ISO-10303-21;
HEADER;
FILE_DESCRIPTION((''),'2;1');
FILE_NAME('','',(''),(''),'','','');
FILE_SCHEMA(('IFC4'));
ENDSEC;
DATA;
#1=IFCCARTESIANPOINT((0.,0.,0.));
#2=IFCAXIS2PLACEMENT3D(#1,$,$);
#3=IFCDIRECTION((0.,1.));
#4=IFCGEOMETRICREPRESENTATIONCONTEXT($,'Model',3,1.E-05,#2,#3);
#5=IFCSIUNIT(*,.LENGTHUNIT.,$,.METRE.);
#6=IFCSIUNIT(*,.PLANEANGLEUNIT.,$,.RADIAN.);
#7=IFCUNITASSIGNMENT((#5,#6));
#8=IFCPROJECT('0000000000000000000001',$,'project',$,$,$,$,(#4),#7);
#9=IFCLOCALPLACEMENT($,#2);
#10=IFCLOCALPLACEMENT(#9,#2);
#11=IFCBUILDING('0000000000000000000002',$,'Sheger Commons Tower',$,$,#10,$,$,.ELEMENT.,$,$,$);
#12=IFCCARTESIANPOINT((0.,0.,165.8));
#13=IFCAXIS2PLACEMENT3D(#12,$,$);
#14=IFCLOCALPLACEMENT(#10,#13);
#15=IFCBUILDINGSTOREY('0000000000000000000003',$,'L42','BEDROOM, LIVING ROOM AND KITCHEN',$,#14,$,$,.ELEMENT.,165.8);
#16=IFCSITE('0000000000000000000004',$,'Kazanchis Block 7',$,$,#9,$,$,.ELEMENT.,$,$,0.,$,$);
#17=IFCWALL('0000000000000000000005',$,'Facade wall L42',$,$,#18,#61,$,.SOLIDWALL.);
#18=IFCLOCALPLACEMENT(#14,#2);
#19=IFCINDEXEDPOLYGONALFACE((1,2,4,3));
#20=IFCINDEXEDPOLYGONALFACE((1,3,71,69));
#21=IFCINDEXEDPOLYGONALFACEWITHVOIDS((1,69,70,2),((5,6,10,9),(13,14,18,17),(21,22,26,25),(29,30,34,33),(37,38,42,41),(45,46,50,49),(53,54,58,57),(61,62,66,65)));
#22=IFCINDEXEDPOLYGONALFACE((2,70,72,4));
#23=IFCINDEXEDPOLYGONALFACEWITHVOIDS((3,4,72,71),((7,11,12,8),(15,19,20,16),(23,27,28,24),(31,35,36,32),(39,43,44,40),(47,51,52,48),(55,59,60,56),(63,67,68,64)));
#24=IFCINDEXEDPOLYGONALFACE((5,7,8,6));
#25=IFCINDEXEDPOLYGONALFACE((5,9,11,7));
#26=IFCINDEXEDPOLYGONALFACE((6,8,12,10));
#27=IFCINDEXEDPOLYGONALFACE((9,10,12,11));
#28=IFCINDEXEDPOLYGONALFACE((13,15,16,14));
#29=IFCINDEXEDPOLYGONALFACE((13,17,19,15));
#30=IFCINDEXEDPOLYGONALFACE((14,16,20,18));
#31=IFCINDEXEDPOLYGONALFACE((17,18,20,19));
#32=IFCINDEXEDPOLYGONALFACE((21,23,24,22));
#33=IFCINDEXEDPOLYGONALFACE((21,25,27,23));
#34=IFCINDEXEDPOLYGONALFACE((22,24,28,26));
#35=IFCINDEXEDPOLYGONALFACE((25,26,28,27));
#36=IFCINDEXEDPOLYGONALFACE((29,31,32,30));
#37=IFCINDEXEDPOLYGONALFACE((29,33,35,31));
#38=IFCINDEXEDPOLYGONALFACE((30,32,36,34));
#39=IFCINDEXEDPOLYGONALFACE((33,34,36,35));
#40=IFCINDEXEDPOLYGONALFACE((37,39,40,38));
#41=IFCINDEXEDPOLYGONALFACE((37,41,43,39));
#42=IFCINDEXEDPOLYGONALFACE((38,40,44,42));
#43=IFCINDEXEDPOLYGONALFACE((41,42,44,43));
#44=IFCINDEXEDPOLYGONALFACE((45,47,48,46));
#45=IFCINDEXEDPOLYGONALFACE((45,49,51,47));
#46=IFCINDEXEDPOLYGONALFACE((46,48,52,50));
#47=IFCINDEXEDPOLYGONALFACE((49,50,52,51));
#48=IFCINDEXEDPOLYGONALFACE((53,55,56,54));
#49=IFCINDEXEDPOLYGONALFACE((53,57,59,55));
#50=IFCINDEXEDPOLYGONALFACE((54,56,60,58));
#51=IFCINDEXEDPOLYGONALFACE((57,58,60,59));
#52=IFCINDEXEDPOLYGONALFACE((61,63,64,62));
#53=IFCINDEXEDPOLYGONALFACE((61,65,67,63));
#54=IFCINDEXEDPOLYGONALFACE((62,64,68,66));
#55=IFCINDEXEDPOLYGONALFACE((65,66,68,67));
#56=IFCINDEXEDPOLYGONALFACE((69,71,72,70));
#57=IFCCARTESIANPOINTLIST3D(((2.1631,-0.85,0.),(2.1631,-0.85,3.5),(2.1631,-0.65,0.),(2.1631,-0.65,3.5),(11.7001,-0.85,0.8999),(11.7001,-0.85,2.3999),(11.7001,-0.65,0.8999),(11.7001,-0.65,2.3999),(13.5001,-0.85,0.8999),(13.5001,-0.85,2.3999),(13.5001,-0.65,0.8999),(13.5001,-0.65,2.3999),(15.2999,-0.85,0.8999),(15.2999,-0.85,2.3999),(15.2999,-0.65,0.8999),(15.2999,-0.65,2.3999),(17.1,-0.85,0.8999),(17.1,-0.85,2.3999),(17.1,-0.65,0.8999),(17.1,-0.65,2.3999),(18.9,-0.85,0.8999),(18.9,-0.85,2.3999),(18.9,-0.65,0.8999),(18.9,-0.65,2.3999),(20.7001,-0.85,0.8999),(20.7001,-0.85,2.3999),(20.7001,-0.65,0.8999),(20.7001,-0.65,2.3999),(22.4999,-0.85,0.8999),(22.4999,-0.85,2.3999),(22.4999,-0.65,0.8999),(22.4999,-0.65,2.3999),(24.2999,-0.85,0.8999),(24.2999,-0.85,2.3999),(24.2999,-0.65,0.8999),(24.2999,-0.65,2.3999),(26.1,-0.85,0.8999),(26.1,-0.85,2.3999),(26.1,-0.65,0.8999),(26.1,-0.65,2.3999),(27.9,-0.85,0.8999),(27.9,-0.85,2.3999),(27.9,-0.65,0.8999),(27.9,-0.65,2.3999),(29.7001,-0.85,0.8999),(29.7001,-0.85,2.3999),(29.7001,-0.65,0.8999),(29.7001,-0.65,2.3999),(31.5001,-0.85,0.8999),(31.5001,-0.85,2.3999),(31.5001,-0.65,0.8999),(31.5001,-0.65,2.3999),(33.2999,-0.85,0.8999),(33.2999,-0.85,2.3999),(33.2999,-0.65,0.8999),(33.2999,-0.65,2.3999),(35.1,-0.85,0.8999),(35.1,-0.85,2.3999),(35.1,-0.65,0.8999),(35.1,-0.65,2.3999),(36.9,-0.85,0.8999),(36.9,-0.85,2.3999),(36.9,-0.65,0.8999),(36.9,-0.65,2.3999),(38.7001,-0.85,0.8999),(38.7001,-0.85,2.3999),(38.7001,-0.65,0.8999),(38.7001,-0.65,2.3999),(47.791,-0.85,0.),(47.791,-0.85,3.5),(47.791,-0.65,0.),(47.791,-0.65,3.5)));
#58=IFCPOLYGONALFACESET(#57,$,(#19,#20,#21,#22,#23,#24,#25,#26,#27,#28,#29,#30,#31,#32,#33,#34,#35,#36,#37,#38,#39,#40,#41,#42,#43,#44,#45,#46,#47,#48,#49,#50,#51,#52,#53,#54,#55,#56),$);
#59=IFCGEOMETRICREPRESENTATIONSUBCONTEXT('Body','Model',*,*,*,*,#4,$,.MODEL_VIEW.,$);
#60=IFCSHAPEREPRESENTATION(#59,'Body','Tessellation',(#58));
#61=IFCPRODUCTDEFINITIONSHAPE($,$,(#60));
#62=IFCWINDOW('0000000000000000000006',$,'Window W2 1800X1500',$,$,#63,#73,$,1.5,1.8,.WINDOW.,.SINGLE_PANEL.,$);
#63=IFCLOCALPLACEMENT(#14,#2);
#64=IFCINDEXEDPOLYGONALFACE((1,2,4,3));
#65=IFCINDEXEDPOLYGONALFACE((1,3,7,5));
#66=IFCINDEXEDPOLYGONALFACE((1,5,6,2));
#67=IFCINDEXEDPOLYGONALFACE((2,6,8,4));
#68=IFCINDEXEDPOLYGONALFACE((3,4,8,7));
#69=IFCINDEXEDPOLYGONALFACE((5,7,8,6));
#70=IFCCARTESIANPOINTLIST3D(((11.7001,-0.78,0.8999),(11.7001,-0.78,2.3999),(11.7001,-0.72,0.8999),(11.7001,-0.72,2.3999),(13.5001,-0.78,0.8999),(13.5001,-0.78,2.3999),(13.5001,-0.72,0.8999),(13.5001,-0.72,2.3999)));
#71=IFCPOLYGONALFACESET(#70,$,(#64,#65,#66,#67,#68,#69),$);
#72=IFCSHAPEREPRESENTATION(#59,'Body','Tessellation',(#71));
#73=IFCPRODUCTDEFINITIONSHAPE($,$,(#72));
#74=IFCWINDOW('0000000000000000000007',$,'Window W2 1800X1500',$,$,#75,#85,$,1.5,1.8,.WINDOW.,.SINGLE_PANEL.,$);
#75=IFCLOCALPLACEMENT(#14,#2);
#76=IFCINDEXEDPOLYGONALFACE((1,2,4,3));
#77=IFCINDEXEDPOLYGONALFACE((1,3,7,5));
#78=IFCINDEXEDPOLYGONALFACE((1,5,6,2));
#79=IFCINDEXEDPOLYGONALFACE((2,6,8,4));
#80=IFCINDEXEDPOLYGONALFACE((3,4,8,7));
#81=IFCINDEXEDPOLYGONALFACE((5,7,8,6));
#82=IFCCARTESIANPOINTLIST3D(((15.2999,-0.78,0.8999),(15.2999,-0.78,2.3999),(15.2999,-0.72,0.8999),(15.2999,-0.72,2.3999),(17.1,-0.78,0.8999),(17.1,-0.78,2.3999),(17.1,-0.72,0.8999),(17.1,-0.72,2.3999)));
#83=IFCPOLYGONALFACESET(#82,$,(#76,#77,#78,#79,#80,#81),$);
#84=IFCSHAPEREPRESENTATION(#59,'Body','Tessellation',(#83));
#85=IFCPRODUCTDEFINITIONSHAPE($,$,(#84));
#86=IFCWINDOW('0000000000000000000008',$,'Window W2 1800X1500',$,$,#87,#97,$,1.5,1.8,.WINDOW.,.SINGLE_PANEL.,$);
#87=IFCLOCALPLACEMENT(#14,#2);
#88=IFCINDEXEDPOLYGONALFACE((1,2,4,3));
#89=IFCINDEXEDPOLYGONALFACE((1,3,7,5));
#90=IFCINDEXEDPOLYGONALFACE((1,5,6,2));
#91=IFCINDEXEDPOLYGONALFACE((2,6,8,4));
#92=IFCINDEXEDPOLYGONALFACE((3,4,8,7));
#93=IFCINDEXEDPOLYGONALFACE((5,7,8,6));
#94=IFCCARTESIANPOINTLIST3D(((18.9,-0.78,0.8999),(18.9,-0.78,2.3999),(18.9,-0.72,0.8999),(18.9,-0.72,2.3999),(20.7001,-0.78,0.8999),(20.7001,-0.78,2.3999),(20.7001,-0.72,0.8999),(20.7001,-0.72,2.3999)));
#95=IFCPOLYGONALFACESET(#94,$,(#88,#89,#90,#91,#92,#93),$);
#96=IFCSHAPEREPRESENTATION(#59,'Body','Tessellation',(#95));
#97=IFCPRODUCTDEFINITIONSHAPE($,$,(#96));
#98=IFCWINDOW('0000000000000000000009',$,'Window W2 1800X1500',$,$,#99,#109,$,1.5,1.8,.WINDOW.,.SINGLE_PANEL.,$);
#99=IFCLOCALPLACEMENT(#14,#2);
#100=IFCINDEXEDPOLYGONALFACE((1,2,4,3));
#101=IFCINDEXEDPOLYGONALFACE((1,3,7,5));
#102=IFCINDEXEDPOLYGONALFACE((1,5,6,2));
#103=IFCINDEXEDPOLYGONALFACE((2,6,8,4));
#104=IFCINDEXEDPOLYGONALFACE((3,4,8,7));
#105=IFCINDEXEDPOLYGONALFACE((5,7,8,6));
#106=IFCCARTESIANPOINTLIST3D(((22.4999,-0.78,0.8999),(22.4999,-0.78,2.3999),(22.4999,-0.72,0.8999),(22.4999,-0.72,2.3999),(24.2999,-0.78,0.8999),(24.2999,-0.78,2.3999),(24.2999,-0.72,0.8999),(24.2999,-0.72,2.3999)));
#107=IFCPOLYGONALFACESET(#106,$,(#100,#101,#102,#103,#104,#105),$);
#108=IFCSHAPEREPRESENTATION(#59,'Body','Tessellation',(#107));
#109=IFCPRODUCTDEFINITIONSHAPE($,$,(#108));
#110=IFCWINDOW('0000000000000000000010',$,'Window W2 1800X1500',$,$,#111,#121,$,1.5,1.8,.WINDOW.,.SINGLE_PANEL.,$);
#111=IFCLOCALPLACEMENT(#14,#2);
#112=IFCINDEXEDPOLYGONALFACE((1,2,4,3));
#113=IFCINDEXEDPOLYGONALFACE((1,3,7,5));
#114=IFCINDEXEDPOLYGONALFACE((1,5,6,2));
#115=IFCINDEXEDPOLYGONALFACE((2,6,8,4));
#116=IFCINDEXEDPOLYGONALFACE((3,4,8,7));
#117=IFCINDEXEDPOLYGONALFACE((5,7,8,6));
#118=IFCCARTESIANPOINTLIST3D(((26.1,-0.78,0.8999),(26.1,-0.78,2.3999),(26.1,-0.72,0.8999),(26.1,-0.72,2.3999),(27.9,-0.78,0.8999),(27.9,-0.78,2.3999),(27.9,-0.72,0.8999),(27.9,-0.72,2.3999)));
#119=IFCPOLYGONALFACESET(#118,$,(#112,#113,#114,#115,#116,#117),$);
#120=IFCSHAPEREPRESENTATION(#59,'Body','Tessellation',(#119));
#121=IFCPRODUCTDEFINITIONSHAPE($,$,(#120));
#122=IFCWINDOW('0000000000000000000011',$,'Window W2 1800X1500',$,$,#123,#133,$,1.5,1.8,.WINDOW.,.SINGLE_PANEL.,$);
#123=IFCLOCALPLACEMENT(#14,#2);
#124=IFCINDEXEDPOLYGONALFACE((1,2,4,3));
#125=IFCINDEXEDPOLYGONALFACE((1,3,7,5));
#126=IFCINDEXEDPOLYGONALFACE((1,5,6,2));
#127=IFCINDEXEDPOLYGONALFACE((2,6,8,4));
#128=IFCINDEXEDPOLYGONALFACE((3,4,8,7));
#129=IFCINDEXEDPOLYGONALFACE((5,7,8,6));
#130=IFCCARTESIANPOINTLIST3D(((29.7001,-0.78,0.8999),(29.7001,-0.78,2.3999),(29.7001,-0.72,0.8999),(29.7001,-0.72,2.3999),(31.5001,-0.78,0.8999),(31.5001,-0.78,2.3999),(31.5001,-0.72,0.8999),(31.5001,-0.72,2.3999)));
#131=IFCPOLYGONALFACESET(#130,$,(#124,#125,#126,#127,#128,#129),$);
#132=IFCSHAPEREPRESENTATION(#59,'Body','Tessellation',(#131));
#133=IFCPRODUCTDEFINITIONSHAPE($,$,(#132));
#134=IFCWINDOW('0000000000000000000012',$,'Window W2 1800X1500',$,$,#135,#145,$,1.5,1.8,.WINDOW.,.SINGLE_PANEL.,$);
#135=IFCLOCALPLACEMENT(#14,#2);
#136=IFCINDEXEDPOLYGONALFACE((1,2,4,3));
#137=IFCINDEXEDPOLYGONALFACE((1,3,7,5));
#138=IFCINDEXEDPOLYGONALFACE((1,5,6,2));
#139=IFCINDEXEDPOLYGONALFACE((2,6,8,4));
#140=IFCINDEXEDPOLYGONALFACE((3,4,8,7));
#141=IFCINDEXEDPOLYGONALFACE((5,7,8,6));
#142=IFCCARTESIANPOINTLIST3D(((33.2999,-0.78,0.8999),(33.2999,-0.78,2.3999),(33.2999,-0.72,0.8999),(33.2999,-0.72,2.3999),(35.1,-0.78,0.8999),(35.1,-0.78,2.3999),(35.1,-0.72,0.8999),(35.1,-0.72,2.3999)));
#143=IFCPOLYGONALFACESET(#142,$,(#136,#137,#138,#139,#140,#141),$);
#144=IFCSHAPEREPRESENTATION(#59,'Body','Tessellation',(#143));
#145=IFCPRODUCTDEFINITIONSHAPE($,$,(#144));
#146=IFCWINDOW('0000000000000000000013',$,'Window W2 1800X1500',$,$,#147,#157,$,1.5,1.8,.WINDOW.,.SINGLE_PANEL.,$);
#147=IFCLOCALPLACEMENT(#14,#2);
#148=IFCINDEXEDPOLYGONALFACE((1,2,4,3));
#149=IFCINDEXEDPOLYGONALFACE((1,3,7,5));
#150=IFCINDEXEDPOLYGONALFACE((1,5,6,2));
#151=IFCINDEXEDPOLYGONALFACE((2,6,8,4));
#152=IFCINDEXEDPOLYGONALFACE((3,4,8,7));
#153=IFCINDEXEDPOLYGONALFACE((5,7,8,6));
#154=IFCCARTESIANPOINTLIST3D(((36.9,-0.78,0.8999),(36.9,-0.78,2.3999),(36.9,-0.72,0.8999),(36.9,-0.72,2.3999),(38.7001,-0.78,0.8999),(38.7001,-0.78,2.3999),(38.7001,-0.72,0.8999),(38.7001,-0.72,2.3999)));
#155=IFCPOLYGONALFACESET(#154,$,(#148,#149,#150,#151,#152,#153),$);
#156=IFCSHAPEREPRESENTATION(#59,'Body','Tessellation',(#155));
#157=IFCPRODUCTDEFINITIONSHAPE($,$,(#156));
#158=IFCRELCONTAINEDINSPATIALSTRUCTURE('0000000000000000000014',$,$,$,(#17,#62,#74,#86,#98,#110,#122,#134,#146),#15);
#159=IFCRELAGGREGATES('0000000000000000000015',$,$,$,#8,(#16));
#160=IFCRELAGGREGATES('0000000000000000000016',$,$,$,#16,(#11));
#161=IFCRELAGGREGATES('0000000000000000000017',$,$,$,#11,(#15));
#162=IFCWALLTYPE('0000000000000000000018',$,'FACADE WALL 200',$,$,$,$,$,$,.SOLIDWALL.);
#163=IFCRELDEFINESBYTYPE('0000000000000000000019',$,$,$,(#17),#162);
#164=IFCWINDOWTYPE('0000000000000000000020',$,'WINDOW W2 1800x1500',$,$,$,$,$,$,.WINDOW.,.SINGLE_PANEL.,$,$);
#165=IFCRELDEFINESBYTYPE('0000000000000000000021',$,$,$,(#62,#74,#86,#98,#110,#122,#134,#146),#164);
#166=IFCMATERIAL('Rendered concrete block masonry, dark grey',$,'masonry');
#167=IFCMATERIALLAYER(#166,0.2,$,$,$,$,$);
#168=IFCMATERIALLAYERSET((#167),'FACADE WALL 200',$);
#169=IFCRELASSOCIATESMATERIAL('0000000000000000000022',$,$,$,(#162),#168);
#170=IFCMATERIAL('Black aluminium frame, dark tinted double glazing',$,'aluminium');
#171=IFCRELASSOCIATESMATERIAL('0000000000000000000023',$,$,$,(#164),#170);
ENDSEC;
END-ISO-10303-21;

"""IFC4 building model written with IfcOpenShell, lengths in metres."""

from ifc_helpers import new_model, si_unit, direction, frame, frame_2d, origin, place, context, subcontext, project, spatial, rectangle, extrude, material, layer, layer_set, type_object, element, fill, save


model = new_model("IFC4")

# Units and contexts
model_context = context("Model", 3, precision=1e-05, world=origin(), true_north=direction((0.0, 1.0)))
body_context = subcontext(model_context, "Body", "Model", "MODEL_VIEW")
ifc_project = project(units=[si_unit("LENGTHUNIT", "METRE"), si_unit("PLANEANGLEUNIT", "RADIAN")], contexts=[model_context])

# Site, building, storey
site_placement = place(None, origin())
site = spatial("IfcSite", under=ifc_project, at=site_placement, Name="Kazanchis Block 7", CompositionType="ELEMENT", RefElevation=0.0)
building_placement = place(site_placement, origin())
building = spatial("IfcBuilding", under=site, at=building_placement, Name="Sheger Commons Tower", CompositionType="ELEMENT")
storey_placement = place(building_placement, frame((0.0, 0.0, 165.8)))
storey = spatial("IfcBuildingStorey", under=building, at=storey_placement, Name="L42", Description="BEDROOM, LIVING ROOM AND KITCHEN", CompositionType="ELEMENT", Elevation=165.8)

# Wall, openings, windows
ifc_material_1 = material(Name="Rendered concrete block masonry, dark grey", Category="masonry")
ifc_layer_1 = layer(ifc_material_1, 0.2)
ifc_layer_set_1 = layer_set([ifc_layer_1], Name="FACADE WALL 200")
wall_type_1 = type_object("IfcWallType", Name="FACADE WALL 200", PredefinedType="SOLIDWALL", material=ifc_layer_set_1)
wall_1_placement = place(storey_placement, frame((2.1631, -0.75, 0.0), z_axis=(0.0, 0.0, 1.0), x_axis=(1.0, 0.0, 0.0)))
wall_1 = element("IfcWall", 1, at=wall_1_placement, inside=storey, type_object=wall_type_1, Name="Facade wall L42", PredefinedType="SOLIDWALL", context=body_context, shape_type="SweptSolid", body=[
    extrude(rectangle(XDim=45.6279, YDim=0.2, at=frame_2d((22.814, 0.0))), origin(), (0.0, 0.0, 1.0), 3.5),
])
opening_1_placement = place(wall_1_placement, frame((9.5371, 0.0, 0.8999)))
opening_1 = element("IfcOpeningElement", 2, at=opening_1_placement, cuts=wall_1, PredefinedType="OPENING", context=body_context, shape_type="SweptSolid", body=[
    extrude(rectangle(XDim=1.8, YDim=1.5, at=frame_2d((0.8999, 0.75))), frame((0.0, 0.1099, 0.0), z_axis=(0.0, -1.0, 0.0), x_axis=(1.0, 0.0, 0.0)), (0.0, 0.0, 1.0), 0.22),
])
opening_2_placement = place(wall_1_placement, frame((13.137, 0.0, 0.8999)))
opening_2 = element("IfcOpeningElement", 3, at=opening_2_placement, cuts=wall_1, PredefinedType="OPENING", context=body_context, shape_type="SweptSolid", body=[
    extrude(rectangle(XDim=1.8, YDim=1.5, at=frame_2d((0.8999, 0.75))), frame((0.0, 0.1099, 0.0), z_axis=(0.0, -1.0, 0.0), x_axis=(1.0, 0.0, 0.0)), (0.0, 0.0, 1.0), 0.22),
])
opening_3_placement = place(wall_1_placement, frame((16.7371, 0.0, 0.8999)))
opening_3 = element("IfcOpeningElement", 4, at=opening_3_placement, cuts=wall_1, PredefinedType="OPENING", context=body_context, shape_type="SweptSolid", body=[
    extrude(rectangle(XDim=1.8, YDim=1.5, at=frame_2d((0.8999, 0.75))), frame((0.0, 0.1099, 0.0), z_axis=(0.0, -1.0, 0.0), x_axis=(1.0, 0.0, 0.0)), (0.0, 0.0, 1.0), 0.22),
])
opening_4_placement = place(wall_1_placement, frame((20.3369, 0.0, 0.8999)))
opening_4 = element("IfcOpeningElement", 5, at=opening_4_placement, cuts=wall_1, PredefinedType="OPENING", context=body_context, shape_type="SweptSolid", body=[
    extrude(rectangle(XDim=1.8, YDim=1.5, at=frame_2d((0.8999, 0.75))), frame((0.0, 0.1099, 0.0), z_axis=(0.0, -1.0, 0.0), x_axis=(1.0, 0.0, 0.0)), (0.0, 0.0, 1.0), 0.22),
])
opening_5_placement = place(wall_1_placement, frame((23.937, 0.0, 0.8999)))
opening_5 = element("IfcOpeningElement", 6, at=opening_5_placement, cuts=wall_1, PredefinedType="OPENING", context=body_context, shape_type="SweptSolid", body=[
    extrude(rectangle(XDim=1.8, YDim=1.5, at=frame_2d((0.8999, 0.75))), frame((0.0, 0.1099, 0.0), z_axis=(0.0, -1.0, 0.0), x_axis=(1.0, 0.0, 0.0)), (0.0, 0.0, 1.0), 0.22),
])
opening_6_placement = place(wall_1_placement, frame((27.5371, 0.0, 0.8999)))
opening_6 = element("IfcOpeningElement", 7, at=opening_6_placement, cuts=wall_1, PredefinedType="OPENING", context=body_context, shape_type="SweptSolid", body=[
    extrude(rectangle(XDim=1.8, YDim=1.5, at=frame_2d((0.8999, 0.75))), frame((0.0, 0.1099, 0.0), z_axis=(0.0, -1.0, 0.0), x_axis=(1.0, 0.0, 0.0)), (0.0, 0.0, 1.0), 0.22),
])
opening_7_placement = place(wall_1_placement, frame((31.137, 0.0, 0.8999)))
opening_7 = element("IfcOpeningElement", 8, at=opening_7_placement, cuts=wall_1, PredefinedType="OPENING", context=body_context, shape_type="SweptSolid", body=[
    extrude(rectangle(XDim=1.8, YDim=1.5, at=frame_2d((0.8999, 0.75))), frame((0.0, 0.1099, 0.0), z_axis=(0.0, -1.0, 0.0), x_axis=(1.0, 0.0, 0.0)), (0.0, 0.0, 1.0), 0.22),
])
opening_8_placement = place(wall_1_placement, frame((34.7371, 0.0, 0.8999)))
opening_8 = element("IfcOpeningElement", 9, at=opening_8_placement, cuts=wall_1, PredefinedType="OPENING", context=body_context, shape_type="SweptSolid", body=[
    extrude(rectangle(XDim=1.8, YDim=1.5, at=frame_2d((0.8999, 0.75))), frame((0.0, 0.1099, 0.0), z_axis=(0.0, -1.0, 0.0), x_axis=(1.0, 0.0, 0.0)), (0.0, 0.0, 1.0), 0.22),
])
ifc_material_2 = material(Name="Black aluminium frame, dark tinted double glazing", Category="aluminium")
window_type = type_object("IfcWindowType", Name="WINDOW W2 1800x1500", PartitioningType="SINGLE_PANEL", PredefinedType="WINDOW", material=ifc_material_2)
window_1_placement = place(opening_1_placement, origin())
window_1 = element("IfcWindow", 10, at=window_1_placement, inside=storey, type_object=window_type, Name="Window W2 1800X1500", OverallHeight=1.5, OverallWidth=1.8, PartitioningType="SINGLE_PANEL", PredefinedType="WINDOW", context=body_context, shape_type="SweptSolid", body=[
    extrude(rectangle(XDim=1.8, YDim=1.5, at=frame_2d((0.8999, 0.75))), frame((0.0, 0.03, 0.0), z_axis=(0.0, -1.0, 0.0), x_axis=(1.0, 0.0, 0.0)), (0.0, 0.0, 1.0), 0.0601),
])
fill(opening_1, window_1)
window_2_placement = place(opening_2_placement, origin())
window_2 = element("IfcWindow", 11, at=window_2_placement, inside=storey, type_object=window_type, Name="Window W2 1800X1500", OverallHeight=1.5, OverallWidth=1.8, PartitioningType="SINGLE_PANEL", PredefinedType="WINDOW", context=body_context, shape_type="SweptSolid", body=[
    extrude(rectangle(XDim=1.8, YDim=1.5, at=frame_2d((0.8999, 0.75))), frame((0.0, 0.03, 0.0), z_axis=(0.0, -1.0, 0.0), x_axis=(1.0, 0.0, 0.0)), (0.0, 0.0, 1.0), 0.0601),
])
fill(opening_2, window_2)
window_3_placement = place(opening_3_placement, origin())
window_3 = element("IfcWindow", 12, at=window_3_placement, inside=storey, type_object=window_type, Name="Window W2 1800X1500", OverallHeight=1.5, OverallWidth=1.8, PartitioningType="SINGLE_PANEL", PredefinedType="WINDOW", context=body_context, shape_type="SweptSolid", body=[
    extrude(rectangle(XDim=1.8, YDim=1.5, at=frame_2d((0.8999, 0.75))), frame((0.0, 0.03, 0.0), z_axis=(0.0, -1.0, 0.0), x_axis=(1.0, 0.0, 0.0)), (0.0, 0.0, 1.0), 0.0601),
])
fill(opening_3, window_3)
window_4_placement = place(opening_4_placement, origin())
window_4 = element("IfcWindow", 13, at=window_4_placement, inside=storey, type_object=window_type, Name="Window W2 1800X1500", OverallHeight=1.5, OverallWidth=1.8, PartitioningType="SINGLE_PANEL", PredefinedType="WINDOW", context=body_context, shape_type="SweptSolid", body=[
    extrude(rectangle(XDim=1.8, YDim=1.5, at=frame_2d((0.8999, 0.75))), frame((0.0, 0.03, 0.0), z_axis=(0.0, -1.0, 0.0), x_axis=(1.0, 0.0, 0.0)), (0.0, 0.0, 1.0), 0.0601),
])
fill(opening_4, window_4)
window_5_placement = place(opening_5_placement, origin())
window_5 = element("IfcWindow", 14, at=window_5_placement, inside=storey, type_object=window_type, Name="Window W2 1800X1500", OverallHeight=1.5, OverallWidth=1.8, PartitioningType="SINGLE_PANEL", PredefinedType="WINDOW", context=body_context, shape_type="SweptSolid", body=[
    extrude(rectangle(XDim=1.8, YDim=1.5, at=frame_2d((0.8999, 0.75))), frame((0.0, 0.03, 0.0), z_axis=(0.0, -1.0, 0.0), x_axis=(1.0, 0.0, 0.0)), (0.0, 0.0, 1.0), 0.0601),
])
fill(opening_5, window_5)
window_6_placement = place(opening_6_placement, origin())
window_6 = element("IfcWindow", 15, at=window_6_placement, inside=storey, type_object=window_type, Name="Window W2 1800X1500", OverallHeight=1.5, OverallWidth=1.8, PartitioningType="SINGLE_PANEL", PredefinedType="WINDOW", context=body_context, shape_type="SweptSolid", body=[
    extrude(rectangle(XDim=1.8, YDim=1.5, at=frame_2d((0.8999, 0.75))), frame((0.0, 0.03, 0.0), z_axis=(0.0, -1.0, 0.0), x_axis=(1.0, 0.0, 0.0)), (0.0, 0.0, 1.0), 0.0601),
])
fill(opening_6, window_6)
window_7_placement = place(opening_7_placement, origin())
window_7 = element("IfcWindow", 16, at=window_7_placement, inside=storey, type_object=window_type, Name="Window W2 1800X1500", OverallHeight=1.5, OverallWidth=1.8, PartitioningType="SINGLE_PANEL", PredefinedType="WINDOW", context=body_context, shape_type="SweptSolid", body=[
    extrude(rectangle(XDim=1.8, YDim=1.5, at=frame_2d((0.8999, 0.75))), frame((0.0, 0.03, 0.0), z_axis=(0.0, -1.0, 0.0), x_axis=(1.0, 0.0, 0.0)), (0.0, 0.0, 1.0), 0.0601),
])
fill(opening_7, window_7)
window_8_placement = place(opening_8_placement, origin())
window_8 = element("IfcWindow", 17, at=window_8_placement, inside=storey, type_object=window_type, Name="Window W2 1800X1500", OverallHeight=1.5, OverallWidth=1.8, PartitioningType="SINGLE_PANEL", PredefinedType="WINDOW", context=body_context, shape_type="SweptSolid", body=[
    extrude(rectangle(XDim=1.8, YDim=1.5, at=frame_2d((0.8999, 0.75))), frame((0.0, 0.03, 0.0), z_axis=(0.0, -1.0, 0.0), x_axis=(1.0, 0.0, 0.0)), (0.0, 0.0, 1.0), 0.0601),
])
fill(opening_8, window_8)

save(model, "model.ifc")
